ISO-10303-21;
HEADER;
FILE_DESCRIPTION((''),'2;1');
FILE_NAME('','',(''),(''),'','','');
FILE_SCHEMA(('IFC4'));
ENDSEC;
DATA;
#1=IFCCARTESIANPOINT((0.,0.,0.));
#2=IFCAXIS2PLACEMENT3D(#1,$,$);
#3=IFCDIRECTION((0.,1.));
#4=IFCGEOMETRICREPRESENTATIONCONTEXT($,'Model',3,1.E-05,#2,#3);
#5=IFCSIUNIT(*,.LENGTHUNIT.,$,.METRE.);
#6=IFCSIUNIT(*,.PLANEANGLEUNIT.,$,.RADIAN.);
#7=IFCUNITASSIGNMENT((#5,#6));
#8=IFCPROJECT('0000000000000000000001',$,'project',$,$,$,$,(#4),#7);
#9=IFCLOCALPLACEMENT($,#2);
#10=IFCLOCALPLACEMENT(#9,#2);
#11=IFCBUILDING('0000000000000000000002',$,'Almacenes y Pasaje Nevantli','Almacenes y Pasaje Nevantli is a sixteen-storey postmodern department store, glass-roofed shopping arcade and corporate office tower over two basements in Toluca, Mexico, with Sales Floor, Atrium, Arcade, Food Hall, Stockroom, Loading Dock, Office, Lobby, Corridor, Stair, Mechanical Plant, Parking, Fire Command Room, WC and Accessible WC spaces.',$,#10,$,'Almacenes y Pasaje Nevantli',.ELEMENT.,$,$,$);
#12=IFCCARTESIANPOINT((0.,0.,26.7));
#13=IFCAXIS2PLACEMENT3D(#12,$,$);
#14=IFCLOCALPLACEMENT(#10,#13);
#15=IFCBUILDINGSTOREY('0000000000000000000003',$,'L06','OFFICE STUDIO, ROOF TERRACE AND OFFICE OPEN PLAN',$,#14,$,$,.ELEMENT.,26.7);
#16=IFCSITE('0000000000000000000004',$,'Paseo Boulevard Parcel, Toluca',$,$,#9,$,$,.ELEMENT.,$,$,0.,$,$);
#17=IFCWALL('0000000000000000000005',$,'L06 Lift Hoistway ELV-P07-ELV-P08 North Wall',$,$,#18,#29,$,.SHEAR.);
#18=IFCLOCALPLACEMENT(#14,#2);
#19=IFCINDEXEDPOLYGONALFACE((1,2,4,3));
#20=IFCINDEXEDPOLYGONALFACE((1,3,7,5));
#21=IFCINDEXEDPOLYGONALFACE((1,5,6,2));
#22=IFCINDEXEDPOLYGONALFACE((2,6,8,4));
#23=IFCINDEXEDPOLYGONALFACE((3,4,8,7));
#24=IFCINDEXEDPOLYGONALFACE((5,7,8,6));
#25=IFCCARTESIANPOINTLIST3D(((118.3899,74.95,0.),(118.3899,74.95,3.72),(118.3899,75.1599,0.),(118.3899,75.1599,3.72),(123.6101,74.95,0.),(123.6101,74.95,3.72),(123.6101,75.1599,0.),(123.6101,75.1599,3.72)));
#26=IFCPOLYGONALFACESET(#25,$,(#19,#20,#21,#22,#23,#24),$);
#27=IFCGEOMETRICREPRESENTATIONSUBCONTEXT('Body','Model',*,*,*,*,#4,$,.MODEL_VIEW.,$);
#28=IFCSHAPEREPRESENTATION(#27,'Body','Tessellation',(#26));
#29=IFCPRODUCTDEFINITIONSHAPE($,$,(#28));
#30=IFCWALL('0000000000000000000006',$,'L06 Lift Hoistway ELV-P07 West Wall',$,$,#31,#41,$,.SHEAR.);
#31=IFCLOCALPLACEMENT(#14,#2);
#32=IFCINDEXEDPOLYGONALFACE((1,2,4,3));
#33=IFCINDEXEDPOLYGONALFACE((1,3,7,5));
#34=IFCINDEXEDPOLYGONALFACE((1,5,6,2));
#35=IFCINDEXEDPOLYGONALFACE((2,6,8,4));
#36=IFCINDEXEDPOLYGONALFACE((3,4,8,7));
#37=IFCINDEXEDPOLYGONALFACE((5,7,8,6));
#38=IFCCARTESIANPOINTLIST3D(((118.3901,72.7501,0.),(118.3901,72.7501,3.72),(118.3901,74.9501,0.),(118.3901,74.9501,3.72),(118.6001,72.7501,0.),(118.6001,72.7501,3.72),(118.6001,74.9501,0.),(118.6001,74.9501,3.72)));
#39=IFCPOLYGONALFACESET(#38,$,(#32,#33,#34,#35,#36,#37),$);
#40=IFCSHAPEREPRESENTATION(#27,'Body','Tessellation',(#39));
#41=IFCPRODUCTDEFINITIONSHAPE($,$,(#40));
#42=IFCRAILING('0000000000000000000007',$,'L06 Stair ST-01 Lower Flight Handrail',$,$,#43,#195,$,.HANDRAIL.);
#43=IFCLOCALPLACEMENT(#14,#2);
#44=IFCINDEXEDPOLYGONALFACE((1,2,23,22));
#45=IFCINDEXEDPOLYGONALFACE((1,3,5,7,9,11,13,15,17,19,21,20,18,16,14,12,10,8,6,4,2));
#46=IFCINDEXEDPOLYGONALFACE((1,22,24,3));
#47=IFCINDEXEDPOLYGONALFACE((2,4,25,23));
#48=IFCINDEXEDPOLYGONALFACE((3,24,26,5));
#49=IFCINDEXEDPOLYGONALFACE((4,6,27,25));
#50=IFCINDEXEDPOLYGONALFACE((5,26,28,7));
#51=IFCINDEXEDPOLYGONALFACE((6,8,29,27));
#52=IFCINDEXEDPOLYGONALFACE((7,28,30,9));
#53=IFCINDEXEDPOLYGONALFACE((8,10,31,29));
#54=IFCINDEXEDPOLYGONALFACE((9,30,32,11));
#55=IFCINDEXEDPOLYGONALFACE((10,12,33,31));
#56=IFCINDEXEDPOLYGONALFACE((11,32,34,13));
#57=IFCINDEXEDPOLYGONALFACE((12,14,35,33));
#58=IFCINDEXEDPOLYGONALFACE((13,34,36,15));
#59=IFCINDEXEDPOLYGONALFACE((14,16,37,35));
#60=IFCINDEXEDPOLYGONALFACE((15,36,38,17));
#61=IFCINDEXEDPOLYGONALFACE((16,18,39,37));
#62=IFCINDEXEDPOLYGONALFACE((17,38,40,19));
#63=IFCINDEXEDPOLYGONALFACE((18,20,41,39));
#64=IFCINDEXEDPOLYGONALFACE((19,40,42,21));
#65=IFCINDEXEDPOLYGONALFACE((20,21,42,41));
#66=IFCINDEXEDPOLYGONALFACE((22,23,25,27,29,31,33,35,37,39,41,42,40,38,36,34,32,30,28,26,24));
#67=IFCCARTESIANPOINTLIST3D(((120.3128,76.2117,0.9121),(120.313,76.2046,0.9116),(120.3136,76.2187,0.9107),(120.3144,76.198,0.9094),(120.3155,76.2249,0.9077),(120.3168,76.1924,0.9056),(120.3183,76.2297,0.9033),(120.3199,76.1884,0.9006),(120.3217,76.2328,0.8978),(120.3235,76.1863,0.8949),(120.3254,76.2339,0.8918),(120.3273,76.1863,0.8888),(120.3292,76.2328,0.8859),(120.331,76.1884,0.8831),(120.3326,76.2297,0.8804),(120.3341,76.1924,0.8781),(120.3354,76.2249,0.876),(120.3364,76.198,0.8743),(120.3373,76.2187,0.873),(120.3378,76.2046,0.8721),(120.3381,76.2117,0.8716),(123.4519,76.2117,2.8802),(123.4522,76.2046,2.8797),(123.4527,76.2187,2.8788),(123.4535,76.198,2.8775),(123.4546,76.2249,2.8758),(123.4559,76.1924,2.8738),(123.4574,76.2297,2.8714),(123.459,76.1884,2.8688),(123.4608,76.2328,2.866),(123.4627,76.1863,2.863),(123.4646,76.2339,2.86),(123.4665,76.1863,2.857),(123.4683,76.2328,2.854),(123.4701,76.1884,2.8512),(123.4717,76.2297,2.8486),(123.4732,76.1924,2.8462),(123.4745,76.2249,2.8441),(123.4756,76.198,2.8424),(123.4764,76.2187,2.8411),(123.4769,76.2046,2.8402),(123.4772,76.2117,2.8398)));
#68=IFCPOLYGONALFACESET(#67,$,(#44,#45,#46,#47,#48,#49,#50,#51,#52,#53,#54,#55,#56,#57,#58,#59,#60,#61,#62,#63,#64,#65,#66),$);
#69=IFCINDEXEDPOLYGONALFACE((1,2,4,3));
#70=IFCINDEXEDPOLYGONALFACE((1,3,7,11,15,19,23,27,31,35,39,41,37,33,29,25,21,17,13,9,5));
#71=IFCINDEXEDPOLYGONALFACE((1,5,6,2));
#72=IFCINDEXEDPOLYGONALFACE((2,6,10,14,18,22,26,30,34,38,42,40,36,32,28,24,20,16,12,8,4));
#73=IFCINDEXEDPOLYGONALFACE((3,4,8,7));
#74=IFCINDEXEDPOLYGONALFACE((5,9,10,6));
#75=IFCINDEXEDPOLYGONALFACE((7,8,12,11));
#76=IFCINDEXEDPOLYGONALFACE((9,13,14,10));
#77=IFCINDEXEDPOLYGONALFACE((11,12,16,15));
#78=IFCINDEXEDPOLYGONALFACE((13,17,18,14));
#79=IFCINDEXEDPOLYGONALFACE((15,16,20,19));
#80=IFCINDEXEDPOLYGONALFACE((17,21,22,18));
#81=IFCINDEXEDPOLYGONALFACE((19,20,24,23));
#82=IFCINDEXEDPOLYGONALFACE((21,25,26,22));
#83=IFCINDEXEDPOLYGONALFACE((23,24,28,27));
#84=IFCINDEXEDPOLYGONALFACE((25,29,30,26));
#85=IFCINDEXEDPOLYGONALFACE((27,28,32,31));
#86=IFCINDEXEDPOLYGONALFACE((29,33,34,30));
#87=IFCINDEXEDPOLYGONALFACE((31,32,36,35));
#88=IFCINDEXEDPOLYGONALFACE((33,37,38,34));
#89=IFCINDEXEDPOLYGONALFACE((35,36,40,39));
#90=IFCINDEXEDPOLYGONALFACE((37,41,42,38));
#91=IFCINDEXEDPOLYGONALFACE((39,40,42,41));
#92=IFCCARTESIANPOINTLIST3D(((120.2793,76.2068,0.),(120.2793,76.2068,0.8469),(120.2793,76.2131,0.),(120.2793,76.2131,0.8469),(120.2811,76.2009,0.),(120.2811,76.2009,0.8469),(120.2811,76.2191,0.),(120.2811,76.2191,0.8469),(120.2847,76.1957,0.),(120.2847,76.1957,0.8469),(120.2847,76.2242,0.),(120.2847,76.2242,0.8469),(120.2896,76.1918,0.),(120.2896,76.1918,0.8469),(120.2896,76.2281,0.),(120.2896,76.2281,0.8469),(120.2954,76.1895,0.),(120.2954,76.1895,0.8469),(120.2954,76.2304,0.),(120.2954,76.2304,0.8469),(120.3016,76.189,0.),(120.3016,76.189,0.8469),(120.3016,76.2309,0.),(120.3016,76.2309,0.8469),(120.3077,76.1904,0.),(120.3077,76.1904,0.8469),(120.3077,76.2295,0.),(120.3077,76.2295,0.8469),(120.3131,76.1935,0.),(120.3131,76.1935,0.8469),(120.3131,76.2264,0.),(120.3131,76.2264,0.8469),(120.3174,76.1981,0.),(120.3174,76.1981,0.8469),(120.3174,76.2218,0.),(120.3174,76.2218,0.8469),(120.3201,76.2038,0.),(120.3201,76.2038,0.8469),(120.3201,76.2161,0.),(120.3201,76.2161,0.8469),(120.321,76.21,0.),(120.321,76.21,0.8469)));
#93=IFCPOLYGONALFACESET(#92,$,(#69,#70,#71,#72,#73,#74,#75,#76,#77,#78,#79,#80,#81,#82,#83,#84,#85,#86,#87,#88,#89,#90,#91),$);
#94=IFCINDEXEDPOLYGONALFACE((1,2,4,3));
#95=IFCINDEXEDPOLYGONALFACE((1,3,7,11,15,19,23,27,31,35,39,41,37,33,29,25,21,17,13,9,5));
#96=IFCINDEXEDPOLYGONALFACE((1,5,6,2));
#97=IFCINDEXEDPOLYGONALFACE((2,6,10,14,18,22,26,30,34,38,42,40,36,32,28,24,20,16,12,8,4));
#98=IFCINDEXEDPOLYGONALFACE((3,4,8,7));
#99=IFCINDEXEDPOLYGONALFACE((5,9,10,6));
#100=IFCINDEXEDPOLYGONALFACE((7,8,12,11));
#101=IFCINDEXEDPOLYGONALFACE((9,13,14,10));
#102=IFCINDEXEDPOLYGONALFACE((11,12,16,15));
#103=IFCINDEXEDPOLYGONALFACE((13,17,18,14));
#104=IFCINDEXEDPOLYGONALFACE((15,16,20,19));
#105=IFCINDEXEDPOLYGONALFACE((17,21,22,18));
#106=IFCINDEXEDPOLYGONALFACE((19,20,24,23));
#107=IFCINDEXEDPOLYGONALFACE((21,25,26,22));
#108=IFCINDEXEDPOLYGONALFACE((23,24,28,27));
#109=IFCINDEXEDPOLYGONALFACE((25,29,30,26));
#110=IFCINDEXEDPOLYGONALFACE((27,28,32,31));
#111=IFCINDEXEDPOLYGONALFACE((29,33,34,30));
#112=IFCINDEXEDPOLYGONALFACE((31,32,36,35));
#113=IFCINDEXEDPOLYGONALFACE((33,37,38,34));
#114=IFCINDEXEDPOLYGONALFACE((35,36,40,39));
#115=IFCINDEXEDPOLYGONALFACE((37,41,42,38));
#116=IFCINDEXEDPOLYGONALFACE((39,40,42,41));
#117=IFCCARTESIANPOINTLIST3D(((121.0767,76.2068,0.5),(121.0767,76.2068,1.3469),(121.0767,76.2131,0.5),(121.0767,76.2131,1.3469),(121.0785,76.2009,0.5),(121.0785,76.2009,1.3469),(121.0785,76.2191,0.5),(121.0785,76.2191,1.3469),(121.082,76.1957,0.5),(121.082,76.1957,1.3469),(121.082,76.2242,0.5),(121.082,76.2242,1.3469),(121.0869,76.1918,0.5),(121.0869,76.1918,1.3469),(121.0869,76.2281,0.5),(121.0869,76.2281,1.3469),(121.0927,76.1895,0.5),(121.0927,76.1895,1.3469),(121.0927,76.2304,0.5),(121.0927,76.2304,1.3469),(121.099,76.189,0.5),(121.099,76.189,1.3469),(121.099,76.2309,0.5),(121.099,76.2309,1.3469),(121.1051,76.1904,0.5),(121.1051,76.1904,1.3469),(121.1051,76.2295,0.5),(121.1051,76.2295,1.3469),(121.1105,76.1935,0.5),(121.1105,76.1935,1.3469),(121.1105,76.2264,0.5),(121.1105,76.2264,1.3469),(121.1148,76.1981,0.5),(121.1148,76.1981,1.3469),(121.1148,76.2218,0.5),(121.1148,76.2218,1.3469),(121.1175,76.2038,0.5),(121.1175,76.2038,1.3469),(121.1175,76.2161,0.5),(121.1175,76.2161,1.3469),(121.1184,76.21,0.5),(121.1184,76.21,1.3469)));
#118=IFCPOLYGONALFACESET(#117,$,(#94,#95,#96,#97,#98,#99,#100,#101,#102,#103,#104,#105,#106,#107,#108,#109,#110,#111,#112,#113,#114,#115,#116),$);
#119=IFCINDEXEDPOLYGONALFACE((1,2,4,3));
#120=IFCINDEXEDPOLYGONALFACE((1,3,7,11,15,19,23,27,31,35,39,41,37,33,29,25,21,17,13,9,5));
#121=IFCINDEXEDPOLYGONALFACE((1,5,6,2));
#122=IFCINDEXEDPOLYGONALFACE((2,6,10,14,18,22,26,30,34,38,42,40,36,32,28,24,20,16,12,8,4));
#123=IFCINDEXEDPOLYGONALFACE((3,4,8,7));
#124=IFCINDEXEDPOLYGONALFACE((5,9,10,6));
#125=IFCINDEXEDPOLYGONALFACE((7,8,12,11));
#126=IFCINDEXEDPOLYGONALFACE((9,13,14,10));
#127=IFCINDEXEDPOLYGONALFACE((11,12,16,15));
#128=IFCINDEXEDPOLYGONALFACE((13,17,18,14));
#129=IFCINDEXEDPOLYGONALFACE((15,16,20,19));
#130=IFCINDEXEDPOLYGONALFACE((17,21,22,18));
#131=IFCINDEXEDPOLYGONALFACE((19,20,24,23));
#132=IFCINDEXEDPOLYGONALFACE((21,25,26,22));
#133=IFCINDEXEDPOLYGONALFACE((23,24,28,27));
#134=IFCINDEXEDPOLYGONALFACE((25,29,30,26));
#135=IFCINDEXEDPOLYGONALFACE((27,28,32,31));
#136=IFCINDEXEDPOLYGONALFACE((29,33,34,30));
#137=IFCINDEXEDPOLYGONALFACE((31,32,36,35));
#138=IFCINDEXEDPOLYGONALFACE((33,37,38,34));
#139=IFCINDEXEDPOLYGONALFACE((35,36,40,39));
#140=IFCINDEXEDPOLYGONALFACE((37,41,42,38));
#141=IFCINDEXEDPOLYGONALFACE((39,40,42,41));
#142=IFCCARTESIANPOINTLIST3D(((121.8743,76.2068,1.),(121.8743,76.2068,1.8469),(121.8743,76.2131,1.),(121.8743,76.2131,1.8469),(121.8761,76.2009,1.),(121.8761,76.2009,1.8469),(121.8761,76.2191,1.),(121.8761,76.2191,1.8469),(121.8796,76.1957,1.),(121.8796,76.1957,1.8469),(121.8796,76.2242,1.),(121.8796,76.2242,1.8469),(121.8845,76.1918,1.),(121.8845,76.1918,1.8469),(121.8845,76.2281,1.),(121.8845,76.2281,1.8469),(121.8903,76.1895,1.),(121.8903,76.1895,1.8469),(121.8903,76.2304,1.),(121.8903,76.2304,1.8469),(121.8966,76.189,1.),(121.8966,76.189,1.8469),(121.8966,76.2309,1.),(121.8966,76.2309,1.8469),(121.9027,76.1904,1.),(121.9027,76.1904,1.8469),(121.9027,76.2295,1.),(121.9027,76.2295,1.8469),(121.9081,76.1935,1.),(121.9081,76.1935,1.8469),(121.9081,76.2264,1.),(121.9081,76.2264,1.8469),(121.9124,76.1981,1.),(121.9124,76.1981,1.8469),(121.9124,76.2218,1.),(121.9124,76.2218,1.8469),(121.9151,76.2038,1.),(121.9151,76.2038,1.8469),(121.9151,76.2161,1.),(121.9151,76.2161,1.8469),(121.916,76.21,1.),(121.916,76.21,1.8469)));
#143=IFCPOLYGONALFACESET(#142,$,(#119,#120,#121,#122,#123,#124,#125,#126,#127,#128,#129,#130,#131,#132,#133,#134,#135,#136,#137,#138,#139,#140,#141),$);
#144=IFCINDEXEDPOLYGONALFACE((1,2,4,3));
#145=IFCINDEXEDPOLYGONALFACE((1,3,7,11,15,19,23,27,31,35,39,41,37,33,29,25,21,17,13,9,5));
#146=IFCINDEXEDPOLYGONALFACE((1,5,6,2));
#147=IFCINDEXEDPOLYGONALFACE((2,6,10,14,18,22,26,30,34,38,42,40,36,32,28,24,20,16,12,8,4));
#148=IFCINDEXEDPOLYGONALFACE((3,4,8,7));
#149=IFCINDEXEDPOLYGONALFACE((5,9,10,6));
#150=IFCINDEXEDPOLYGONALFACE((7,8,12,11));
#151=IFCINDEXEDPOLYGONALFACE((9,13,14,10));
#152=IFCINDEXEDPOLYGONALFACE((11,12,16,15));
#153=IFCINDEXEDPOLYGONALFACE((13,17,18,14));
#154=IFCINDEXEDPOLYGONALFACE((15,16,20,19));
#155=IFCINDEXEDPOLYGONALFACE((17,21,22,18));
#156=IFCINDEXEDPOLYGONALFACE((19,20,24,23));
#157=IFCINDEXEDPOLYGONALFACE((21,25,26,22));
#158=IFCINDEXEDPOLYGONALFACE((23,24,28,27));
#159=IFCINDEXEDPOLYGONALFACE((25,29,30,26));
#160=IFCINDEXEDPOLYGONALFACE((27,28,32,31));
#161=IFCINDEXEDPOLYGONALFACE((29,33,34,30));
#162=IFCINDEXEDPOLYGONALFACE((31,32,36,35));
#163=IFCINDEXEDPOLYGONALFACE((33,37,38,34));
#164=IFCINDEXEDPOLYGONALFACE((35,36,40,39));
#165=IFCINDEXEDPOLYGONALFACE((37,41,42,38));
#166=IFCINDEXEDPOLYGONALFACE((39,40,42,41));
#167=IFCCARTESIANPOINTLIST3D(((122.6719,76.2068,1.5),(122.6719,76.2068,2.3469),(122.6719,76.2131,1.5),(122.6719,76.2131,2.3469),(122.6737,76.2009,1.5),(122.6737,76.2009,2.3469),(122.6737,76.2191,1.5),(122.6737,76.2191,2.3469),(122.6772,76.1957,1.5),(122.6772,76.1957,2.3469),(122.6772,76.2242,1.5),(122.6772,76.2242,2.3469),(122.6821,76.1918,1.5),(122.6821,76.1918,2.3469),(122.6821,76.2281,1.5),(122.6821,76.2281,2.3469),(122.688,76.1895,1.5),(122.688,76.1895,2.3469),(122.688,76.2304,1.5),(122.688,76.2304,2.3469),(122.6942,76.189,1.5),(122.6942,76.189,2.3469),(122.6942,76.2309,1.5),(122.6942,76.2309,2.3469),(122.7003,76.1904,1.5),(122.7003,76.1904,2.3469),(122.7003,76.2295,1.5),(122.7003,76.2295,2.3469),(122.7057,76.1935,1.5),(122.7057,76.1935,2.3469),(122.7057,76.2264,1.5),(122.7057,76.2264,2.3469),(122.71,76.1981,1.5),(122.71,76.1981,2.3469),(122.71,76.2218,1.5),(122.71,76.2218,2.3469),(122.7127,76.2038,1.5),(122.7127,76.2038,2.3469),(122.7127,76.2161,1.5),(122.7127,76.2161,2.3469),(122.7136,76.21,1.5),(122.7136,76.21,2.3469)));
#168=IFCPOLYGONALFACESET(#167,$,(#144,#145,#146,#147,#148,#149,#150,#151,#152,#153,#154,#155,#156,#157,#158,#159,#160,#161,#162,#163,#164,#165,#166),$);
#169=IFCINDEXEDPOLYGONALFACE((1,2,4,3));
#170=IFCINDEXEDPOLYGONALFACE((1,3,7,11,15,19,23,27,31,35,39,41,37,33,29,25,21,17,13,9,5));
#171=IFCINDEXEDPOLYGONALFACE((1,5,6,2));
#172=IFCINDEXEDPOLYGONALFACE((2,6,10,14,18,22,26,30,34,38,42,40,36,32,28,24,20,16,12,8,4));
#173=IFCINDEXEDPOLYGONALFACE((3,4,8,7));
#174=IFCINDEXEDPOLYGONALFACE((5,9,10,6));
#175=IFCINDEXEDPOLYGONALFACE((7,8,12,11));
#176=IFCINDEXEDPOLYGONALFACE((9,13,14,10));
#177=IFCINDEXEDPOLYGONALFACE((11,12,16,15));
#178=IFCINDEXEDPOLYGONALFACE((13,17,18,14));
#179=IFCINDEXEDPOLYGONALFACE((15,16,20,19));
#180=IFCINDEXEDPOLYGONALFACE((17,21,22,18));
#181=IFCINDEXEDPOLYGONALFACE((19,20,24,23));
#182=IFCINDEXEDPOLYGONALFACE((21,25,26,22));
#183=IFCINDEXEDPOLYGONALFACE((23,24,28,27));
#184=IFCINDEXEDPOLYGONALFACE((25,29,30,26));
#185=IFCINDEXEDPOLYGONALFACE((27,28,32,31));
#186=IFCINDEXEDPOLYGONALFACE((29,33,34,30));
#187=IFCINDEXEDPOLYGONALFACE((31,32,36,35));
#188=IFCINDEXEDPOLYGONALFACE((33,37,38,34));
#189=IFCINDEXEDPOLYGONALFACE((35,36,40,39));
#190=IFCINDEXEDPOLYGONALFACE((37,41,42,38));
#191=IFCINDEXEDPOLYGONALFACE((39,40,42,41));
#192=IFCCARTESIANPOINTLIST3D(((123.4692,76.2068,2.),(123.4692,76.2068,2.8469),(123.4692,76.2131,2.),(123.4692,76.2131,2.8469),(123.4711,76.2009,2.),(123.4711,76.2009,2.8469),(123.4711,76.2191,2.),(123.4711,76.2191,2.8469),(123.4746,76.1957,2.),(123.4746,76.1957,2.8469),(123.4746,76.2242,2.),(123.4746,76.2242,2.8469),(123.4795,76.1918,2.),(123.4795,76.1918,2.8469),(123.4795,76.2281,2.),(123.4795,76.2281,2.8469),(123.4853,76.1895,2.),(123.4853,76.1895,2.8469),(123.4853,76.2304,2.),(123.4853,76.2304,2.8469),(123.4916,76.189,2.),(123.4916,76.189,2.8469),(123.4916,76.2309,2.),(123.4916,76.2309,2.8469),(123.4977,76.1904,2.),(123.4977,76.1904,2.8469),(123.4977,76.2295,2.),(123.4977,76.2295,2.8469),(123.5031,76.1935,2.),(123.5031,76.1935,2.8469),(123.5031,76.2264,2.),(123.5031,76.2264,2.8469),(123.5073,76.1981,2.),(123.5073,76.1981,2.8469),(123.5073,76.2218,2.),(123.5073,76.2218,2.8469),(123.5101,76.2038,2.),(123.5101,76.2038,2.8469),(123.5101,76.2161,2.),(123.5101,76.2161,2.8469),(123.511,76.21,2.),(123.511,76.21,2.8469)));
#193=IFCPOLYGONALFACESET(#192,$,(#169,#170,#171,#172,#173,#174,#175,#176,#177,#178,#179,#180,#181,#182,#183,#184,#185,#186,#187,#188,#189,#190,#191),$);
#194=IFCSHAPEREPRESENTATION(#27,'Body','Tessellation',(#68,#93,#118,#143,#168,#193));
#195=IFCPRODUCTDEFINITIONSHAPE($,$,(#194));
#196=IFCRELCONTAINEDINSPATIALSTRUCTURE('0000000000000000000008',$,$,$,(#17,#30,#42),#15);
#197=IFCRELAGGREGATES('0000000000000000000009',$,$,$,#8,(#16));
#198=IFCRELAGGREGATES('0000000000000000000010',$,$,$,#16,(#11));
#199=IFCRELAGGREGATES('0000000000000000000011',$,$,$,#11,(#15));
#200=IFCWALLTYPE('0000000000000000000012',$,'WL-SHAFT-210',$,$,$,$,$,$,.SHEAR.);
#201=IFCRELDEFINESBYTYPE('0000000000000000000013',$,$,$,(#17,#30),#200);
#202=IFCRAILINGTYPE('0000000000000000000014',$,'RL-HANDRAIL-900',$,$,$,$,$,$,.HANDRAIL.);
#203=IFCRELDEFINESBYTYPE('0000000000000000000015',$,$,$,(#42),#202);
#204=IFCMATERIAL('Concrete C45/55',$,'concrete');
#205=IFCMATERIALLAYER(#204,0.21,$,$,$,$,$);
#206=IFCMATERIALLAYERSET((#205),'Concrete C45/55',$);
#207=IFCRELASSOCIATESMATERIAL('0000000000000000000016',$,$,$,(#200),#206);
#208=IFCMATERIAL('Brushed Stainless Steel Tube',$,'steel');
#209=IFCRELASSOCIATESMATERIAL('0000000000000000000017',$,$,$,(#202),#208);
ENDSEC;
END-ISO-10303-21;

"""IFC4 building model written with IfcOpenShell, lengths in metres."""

from ifc_helpers import new_model, si_unit, direction, frame, frame_2d, origin, origin_2d, place, context, subcontext, project, spatial, rectangle, circle, extrude, material, layer, layer_set, type_object, element, save


model = new_model("IFC4")

# Units and contexts
model_context = context("Model", 3, precision=1e-05, world=origin(), true_north=direction((0.0, 1.0)))
body_context = subcontext(model_context, "Body", "Model", "MODEL_VIEW")
ifc_project = project(units=[si_unit("LENGTHUNIT", "METRE"), si_unit("PLANEANGLEUNIT", "RADIAN")], contexts=[model_context])

# Site, building, storey
site_placement = place(None, origin())
site = spatial("IfcSite", under=ifc_project, at=site_placement, Name="Paseo Boulevard Parcel, Toluca", CompositionType="ELEMENT", RefElevation=0.0)
building_placement = place(site_placement, origin())
building = spatial("IfcBuilding", under=site, at=building_placement, Name="Almacenes y Pasaje Nevantli", Description="Almacenes y Pasaje Nevantli is a sixteen-storey postmodern department store, glass-roofed shopping arcade and corporate office tower over two basements in Toluca, Mexico, with Sales Floor, Atrium, Arcade, Food Hall, Stockroom, Loading Dock, Office, Lobby, Corridor, Stair, Mechanical Plant, Parking, Fire Command Room, WC and Accessible WC spaces.", LongName="Almacenes y Pasaje Nevantli", CompositionType="ELEMENT")
storey_placement = place(building_placement, frame((0.0, 0.0, 26.7)))
storey = spatial("IfcBuildingStorey", under=building, at=storey_placement, Name="L06", Description="OFFICE STUDIO, ROOF TERRACE AND OFFICE OPEN PLAN", CompositionType="ELEMENT", Elevation=26.7)

# Shared definitions
ifc_material_1 = material(Name="Concrete C45/55", Category="concrete")
ifc_layer_1 = layer(ifc_material_1, 0.21)
ifc_layer_set_1 = layer_set([ifc_layer_1], Name="Concrete C45/55")
wall_type_1 = type_object("IfcWallType", Name="WL-SHAFT-210", PredefinedType="SHEAR", material=ifc_layer_set_1)

# Walls
wall_1_placement = place(storey_placement, frame((118.3899, 75.0549, 0.0), z_axis=(0.0, 0.0, 1.0), x_axis=(1.0, 0.0, 0.0)))
element("IfcWall", 1, at=wall_1_placement, inside=storey, type_object=wall_type_1, Name="L06 Lift Hoistway ELV-P07-ELV-P08 North Wall", PredefinedType="SHEAR", context=body_context, shape_type="SweptSolid", body=[
    extrude(rectangle(XDim=5.2202, YDim=0.21, at=frame_2d((2.6101, 0.0))), origin(), (0.0, 0.0, 1.0), 3.72),
])
wall_2_placement = place(storey_placement, frame((118.4951, 72.75, 0.0), z_axis=(0.0, 0.0, 1.0), x_axis=(0.0, 1.0, 0.0)))
element("IfcWall", 2, at=wall_2_placement, inside=storey, type_object=wall_type_1, Name="L06 Lift Hoistway ELV-P07 West Wall", PredefinedType="SHEAR", context=body_context, shape_type="SweptSolid", body=[
    extrude(rectangle(XDim=2.2, YDim=0.21, at=frame_2d((1.1001, 0.0))), origin(), (0.0, 0.0, 1.0), 3.72),
])

# Railing
ifc_material_2 = material(Name="Brushed Stainless Steel Tube", Category="steel")
railing_type = type_object("IfcRailingType", Name="RL-HANDRAIL-900", PredefinedType="HANDRAIL", material=ifc_material_2)
railing_placement = place(storey_placement, frame((120.3, 76.21, 0.0)))
element("IfcRailing", 3, at=railing_placement, inside=storey, type_object=railing_type, Name="L06 Stair ST-01 Lower Flight Handrail", PredefinedType="HANDRAIL", context=body_context, shape_type="SweptSolid", body=[
    extrude(circle(Radius=0.0239, at=origin_2d()), frame((0.0254, 0.0, 0.8918), z_axis=(0.847247, 0.0, 0.531199), x_axis=(0.0, 1.0, 0.0)), (0.0, 0.0, 1.0), 3.7051),
    extrude(circle(Radius=0.021, at=origin_2d()), origin(), (0.0, 0.0, 1.0), 0.8469),
    extrude(circle(Radius=0.021, at=origin_2d()), frame((0.7974, 0.0, 0.5)), (0.0, 0.0, 1.0), 0.8469),
    extrude(circle(Radius=0.021, at=origin_2d()), frame((1.595, 0.0, 1.0)), (0.0, 0.0, 1.0), 0.8469),
    extrude(circle(Radius=0.021, at=origin_2d()), frame((2.3926, 0.0, 1.5)), (0.0, 0.0, 1.0), 0.8469),
    extrude(circle(Radius=0.021, at=origin_2d()), frame((3.1899, 0.0, 2.0)), (0.0, 0.0, 1.0), 0.8469),
])

save(model, "model.ifc")
